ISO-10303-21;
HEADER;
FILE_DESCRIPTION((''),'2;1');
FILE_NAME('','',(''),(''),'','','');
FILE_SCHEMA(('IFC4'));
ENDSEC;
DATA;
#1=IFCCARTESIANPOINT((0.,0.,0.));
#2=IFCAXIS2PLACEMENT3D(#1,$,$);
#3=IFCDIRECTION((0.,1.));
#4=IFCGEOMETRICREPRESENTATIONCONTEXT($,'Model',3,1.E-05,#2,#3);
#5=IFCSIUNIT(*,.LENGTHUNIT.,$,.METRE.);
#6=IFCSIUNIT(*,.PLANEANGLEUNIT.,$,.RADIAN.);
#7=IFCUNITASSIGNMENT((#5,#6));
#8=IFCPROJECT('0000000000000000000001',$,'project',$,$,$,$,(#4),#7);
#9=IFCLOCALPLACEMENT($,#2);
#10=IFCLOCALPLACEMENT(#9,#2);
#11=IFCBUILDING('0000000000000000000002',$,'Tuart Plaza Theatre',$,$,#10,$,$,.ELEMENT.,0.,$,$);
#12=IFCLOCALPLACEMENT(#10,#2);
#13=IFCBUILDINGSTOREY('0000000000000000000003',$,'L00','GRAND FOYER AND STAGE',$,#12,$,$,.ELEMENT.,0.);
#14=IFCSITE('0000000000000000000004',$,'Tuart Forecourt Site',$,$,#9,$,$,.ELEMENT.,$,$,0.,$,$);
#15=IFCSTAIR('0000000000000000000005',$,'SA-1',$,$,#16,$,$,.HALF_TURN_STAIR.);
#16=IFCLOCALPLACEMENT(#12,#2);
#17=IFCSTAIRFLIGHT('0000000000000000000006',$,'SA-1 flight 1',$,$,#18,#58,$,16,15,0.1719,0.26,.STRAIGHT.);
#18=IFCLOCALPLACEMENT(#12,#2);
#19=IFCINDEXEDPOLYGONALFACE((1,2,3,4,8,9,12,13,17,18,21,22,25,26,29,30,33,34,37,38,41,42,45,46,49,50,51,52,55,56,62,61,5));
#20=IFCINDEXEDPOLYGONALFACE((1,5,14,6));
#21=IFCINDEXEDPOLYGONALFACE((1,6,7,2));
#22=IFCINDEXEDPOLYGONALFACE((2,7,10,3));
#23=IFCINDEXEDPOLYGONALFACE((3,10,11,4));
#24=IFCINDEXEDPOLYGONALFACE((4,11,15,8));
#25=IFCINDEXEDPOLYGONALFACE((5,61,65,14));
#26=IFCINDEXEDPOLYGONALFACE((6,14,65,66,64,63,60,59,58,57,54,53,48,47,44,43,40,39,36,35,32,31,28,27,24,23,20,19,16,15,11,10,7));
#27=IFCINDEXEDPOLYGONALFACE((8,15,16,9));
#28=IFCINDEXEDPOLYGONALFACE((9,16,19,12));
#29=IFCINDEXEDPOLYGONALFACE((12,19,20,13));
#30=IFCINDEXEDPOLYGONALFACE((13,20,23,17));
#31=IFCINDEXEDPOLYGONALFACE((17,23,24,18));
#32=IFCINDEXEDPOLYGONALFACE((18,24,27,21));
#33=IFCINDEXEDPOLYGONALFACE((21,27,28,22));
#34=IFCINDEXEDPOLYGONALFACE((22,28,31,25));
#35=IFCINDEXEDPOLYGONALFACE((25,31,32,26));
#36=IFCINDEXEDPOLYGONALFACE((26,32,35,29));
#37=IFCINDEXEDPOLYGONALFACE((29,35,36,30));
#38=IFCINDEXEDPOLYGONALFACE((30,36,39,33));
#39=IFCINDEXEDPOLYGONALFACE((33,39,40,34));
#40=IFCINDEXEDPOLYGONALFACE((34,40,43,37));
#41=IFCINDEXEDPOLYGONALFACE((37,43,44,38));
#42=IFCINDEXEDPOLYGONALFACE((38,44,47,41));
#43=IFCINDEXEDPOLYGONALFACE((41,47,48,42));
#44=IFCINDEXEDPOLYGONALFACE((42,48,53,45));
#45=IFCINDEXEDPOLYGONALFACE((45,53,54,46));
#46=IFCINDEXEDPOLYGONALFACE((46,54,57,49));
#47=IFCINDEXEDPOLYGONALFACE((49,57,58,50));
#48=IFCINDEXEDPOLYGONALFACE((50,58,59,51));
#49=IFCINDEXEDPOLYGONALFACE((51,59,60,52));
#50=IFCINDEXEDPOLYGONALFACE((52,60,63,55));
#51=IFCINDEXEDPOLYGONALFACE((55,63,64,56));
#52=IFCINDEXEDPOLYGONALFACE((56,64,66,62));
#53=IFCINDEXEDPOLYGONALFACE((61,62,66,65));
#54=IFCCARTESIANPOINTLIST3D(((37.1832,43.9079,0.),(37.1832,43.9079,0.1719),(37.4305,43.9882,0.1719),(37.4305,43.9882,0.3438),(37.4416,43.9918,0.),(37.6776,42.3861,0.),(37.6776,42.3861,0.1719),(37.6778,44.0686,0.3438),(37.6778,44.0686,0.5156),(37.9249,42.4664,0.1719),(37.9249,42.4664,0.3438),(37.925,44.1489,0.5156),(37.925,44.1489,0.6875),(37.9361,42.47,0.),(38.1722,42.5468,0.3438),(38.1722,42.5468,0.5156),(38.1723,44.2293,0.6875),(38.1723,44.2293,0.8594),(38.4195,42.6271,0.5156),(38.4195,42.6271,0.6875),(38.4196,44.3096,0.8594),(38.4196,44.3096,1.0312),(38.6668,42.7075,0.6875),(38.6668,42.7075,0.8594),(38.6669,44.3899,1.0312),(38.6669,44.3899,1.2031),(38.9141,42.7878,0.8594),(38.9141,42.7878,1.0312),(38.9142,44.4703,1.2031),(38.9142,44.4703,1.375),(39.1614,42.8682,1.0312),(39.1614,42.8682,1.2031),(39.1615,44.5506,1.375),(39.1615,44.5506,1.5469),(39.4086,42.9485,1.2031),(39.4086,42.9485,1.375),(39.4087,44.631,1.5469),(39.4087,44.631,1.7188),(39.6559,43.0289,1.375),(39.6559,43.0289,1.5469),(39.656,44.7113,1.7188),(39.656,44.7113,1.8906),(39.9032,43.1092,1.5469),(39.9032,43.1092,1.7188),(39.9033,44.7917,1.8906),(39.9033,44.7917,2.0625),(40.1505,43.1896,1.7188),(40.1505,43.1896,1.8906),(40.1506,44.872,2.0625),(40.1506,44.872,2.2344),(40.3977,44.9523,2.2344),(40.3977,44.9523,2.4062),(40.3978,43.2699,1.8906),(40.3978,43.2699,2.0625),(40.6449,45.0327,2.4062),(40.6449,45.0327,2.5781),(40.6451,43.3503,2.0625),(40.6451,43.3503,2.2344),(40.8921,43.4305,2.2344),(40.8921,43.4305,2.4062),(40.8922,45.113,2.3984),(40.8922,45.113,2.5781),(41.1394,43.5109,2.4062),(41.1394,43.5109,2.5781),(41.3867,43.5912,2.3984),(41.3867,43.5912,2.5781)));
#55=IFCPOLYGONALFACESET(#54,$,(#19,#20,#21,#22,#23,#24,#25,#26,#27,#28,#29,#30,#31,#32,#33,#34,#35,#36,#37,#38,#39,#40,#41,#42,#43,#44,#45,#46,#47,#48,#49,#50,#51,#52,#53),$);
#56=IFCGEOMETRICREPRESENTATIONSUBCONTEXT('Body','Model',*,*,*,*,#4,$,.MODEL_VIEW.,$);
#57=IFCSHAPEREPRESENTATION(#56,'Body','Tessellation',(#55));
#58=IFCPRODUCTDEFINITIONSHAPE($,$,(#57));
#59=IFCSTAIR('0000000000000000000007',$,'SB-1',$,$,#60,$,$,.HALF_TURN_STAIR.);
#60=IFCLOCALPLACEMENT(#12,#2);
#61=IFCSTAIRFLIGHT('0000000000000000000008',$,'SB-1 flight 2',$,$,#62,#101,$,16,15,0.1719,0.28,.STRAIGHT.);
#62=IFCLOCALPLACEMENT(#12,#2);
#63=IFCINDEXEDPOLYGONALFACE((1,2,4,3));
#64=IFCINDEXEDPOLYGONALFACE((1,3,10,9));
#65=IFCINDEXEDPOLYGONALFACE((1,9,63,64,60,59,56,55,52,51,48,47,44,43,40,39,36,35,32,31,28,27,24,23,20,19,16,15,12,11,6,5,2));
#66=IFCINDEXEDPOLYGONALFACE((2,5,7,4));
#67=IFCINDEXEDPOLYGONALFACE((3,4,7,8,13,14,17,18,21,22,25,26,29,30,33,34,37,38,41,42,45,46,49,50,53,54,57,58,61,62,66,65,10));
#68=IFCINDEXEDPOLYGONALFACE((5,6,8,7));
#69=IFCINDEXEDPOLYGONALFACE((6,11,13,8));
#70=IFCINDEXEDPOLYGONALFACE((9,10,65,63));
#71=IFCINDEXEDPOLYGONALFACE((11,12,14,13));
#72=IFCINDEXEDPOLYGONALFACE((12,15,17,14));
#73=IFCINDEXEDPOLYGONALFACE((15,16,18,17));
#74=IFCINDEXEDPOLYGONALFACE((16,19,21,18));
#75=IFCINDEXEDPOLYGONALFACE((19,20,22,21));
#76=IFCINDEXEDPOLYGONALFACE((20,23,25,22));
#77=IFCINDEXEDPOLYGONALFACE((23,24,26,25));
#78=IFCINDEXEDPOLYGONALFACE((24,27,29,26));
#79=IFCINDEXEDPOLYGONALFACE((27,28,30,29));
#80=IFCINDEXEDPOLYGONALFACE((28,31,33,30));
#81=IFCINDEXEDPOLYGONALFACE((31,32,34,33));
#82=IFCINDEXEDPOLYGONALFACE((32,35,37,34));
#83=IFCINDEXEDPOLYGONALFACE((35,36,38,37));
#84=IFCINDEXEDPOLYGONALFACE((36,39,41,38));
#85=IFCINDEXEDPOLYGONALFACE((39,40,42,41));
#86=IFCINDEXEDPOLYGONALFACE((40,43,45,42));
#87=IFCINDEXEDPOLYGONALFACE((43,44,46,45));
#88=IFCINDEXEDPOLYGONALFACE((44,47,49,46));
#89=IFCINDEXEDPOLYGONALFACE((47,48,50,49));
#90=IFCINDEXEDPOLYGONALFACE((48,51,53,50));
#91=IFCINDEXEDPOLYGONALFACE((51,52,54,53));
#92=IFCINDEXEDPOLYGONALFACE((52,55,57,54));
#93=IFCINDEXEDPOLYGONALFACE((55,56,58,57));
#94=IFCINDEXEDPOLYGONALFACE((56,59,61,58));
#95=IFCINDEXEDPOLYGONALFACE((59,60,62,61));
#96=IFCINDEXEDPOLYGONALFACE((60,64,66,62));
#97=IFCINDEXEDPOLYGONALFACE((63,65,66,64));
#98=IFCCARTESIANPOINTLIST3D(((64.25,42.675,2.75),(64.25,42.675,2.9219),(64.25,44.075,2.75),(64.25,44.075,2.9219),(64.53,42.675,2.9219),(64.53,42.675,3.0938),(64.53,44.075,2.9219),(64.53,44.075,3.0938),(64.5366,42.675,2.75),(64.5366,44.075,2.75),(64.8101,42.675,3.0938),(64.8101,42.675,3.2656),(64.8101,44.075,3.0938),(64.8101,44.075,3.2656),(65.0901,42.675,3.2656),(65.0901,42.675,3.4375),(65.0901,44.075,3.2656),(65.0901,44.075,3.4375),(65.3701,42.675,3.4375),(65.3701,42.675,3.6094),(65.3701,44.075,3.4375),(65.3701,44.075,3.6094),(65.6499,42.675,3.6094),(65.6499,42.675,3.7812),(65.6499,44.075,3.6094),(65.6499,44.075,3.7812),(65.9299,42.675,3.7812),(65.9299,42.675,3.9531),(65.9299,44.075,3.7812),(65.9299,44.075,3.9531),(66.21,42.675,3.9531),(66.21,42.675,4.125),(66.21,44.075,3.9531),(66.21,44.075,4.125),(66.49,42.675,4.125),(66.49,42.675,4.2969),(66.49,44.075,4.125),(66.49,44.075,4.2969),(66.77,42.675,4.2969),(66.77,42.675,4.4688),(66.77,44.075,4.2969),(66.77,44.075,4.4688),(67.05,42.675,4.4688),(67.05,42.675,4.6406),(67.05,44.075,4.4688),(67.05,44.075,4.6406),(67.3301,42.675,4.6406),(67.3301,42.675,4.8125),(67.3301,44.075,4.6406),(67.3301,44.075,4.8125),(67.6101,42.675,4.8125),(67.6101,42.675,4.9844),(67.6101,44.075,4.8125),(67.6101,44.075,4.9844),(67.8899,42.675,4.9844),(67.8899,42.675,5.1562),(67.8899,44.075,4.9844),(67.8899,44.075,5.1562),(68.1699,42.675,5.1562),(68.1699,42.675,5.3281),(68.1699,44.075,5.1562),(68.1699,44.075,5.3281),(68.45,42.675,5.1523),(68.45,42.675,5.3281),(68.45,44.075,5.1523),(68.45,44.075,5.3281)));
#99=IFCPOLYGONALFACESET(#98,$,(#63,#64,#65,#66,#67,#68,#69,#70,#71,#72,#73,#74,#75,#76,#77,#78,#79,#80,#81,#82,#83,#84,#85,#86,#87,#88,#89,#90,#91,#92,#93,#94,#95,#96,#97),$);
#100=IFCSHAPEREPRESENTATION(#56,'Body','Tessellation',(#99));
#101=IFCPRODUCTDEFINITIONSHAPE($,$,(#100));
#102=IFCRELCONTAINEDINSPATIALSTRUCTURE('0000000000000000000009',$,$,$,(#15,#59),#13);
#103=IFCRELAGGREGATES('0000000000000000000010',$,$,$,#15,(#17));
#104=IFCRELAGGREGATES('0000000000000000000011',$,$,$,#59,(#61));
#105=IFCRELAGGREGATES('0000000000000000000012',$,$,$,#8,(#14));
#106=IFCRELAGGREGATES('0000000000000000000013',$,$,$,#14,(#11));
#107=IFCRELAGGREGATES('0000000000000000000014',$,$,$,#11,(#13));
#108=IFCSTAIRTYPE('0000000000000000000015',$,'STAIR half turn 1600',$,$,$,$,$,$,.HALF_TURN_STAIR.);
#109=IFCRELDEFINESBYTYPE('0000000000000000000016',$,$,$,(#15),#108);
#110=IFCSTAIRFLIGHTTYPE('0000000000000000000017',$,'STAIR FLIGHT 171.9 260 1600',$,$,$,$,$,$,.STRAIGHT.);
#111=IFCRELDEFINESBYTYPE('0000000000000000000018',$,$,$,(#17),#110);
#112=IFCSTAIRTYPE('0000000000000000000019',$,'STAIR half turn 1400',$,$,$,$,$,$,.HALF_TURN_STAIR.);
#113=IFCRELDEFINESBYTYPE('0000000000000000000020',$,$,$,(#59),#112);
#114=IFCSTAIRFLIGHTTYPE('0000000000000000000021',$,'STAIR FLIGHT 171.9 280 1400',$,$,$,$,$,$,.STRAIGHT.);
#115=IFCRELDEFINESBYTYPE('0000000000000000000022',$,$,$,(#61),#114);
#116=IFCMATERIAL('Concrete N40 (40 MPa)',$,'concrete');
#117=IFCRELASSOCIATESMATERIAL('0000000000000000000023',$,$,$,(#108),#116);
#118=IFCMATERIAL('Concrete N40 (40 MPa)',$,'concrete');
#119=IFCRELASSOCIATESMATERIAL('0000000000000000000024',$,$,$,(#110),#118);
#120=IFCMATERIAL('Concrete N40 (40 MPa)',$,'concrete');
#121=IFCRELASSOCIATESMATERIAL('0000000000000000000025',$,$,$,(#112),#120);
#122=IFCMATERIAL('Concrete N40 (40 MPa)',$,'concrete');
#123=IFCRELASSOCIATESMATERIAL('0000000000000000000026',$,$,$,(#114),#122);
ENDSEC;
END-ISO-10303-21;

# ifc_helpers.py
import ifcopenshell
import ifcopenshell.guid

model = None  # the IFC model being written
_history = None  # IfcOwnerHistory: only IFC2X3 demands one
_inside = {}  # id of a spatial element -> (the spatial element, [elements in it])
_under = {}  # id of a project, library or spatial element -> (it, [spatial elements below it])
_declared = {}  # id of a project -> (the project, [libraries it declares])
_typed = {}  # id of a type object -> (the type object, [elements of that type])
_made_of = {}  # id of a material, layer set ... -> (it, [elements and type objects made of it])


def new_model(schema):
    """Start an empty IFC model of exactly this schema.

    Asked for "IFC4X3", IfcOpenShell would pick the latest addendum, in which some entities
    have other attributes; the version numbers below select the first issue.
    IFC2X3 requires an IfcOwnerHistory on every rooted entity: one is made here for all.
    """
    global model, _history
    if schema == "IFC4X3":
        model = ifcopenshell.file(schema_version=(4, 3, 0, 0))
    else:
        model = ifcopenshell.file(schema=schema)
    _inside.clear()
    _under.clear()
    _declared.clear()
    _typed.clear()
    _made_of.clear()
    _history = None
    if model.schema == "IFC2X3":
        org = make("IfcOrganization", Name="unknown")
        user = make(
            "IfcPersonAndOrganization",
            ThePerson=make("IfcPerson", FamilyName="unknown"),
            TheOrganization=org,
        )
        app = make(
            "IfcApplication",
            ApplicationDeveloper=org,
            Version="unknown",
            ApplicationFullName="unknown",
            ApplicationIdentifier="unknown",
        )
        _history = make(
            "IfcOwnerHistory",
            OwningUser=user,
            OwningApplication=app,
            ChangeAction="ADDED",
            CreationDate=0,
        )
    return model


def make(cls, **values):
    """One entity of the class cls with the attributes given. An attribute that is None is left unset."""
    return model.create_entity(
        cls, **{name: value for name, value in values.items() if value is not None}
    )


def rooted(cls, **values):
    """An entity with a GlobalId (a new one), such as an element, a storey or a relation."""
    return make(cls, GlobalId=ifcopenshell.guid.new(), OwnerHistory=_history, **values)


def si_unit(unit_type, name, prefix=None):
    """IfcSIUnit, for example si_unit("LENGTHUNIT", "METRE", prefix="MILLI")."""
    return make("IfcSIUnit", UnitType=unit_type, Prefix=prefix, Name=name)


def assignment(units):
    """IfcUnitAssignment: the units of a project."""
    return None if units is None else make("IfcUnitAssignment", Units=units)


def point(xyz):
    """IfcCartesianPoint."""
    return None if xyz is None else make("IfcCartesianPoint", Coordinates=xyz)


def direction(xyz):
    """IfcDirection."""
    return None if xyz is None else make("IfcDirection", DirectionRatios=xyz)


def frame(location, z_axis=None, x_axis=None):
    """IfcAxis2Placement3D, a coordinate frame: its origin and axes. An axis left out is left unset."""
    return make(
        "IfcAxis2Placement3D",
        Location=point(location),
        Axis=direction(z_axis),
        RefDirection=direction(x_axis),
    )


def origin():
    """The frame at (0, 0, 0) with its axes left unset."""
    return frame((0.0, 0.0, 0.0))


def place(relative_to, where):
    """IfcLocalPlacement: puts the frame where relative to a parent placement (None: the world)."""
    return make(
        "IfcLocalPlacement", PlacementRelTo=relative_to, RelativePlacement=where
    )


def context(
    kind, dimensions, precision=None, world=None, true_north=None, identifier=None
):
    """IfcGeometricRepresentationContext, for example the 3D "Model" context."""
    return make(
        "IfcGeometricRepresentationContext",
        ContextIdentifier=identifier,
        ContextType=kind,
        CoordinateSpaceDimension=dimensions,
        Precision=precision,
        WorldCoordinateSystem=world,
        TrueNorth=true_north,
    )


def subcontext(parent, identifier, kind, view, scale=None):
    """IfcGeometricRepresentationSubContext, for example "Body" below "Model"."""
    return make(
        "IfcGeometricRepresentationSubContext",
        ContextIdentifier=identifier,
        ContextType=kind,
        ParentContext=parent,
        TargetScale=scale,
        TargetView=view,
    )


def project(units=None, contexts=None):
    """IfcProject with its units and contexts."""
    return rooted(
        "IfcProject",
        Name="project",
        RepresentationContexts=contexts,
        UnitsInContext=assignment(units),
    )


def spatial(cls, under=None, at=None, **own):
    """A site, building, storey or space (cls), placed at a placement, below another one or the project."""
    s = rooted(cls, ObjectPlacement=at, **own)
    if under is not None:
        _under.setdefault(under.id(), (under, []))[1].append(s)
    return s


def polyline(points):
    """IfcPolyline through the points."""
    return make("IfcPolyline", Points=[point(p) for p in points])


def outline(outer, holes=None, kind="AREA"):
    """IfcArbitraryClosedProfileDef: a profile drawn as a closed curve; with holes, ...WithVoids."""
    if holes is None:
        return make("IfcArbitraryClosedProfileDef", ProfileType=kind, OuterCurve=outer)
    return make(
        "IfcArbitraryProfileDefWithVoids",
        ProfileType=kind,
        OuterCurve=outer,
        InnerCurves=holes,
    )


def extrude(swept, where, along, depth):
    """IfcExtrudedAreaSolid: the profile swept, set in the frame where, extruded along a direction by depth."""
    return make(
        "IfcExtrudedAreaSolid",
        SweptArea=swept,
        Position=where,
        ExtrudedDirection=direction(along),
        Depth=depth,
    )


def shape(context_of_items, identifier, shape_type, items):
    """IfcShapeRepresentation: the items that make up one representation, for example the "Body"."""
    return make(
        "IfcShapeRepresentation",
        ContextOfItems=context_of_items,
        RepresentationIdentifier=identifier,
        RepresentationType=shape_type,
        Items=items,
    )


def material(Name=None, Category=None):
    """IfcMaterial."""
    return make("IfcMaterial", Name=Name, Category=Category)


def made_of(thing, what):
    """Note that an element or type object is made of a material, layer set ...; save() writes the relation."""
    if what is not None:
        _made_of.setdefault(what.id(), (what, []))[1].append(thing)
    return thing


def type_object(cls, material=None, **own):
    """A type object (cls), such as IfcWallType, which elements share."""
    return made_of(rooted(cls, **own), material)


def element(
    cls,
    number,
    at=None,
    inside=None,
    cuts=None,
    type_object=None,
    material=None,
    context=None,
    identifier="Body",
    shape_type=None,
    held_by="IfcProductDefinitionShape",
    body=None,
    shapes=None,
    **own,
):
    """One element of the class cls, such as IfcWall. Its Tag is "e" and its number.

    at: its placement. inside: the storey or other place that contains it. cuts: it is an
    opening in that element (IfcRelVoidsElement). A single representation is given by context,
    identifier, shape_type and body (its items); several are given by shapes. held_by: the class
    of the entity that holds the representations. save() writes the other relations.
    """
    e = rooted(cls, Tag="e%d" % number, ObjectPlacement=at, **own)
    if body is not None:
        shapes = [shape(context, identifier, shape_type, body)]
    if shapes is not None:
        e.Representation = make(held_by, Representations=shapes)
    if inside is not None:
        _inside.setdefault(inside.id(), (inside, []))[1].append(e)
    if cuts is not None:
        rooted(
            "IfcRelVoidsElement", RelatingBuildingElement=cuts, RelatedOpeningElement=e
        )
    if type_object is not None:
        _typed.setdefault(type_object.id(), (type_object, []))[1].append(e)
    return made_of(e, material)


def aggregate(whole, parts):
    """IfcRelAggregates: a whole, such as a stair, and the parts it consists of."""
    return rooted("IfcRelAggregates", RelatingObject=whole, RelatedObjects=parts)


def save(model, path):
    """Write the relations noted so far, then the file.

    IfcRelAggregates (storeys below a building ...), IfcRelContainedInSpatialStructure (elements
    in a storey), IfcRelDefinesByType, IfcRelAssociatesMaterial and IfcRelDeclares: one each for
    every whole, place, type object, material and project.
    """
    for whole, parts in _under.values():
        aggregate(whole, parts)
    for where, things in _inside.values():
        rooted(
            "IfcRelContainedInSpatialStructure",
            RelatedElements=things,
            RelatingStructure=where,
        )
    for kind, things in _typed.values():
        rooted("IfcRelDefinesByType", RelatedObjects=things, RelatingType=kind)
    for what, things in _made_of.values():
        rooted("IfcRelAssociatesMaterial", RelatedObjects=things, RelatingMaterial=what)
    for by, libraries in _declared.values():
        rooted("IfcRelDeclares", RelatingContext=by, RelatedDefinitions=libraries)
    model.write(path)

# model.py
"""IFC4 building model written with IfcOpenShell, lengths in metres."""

from ifc_helpers import new_model, si_unit, direction, frame, origin, place, context, subcontext, project, spatial, polyline, outline, extrude, material, type_object, element, aggregate, save


model = new_model("IFC4")

# Units and contexts
model_context = context("Model", 3, precision=1e-05, world=origin(), true_north=direction((0.0, 1.0)))
body_context = subcontext(model_context, "Body", "Model", "MODEL_VIEW")
ifc_project = project(units=[si_unit("LENGTHUNIT", "METRE"), si_unit("PLANEANGLEUNIT", "RADIAN")], contexts=[model_context])

# Site, building, storey
site_placement = place(None, origin())
site = spatial("IfcSite", under=ifc_project, at=site_placement, Name="Tuart Forecourt Site", CompositionType="ELEMENT", RefElevation=0.0)
building_placement = place(site_placement, origin())
building = spatial("IfcBuilding", under=site, at=building_placement, Name="Tuart Plaza Theatre", CompositionType="ELEMENT", ElevationOfRefHeight=0.0)
storey_placement = place(building_placement, origin())
storey = spatial("IfcBuildingStorey", under=building, at=storey_placement, Name="L00", Description="GRAND FOYER AND STAGE", CompositionType="ELEMENT", Elevation=0.0)

# Stairs, stair flights
ifc_material_1 = material(Name="Concrete N40 (40 MPa)", Category="concrete")
stair_type_1 = type_object("IfcStairType", Name="STAIR half turn 1600", PredefinedType="HALF_TURN_STAIR", material=ifc_material_1)
stair_1_placement = place(storey_placement, origin())
stair_1 = element("IfcStair", 1, at=stair_1_placement, inside=storey, type_object=stair_type_1, Name="SA-1", PredefinedType="HALF_TURN_STAIR")
ifc_material_2 = material(Name="Concrete N40 (40 MPa)", Category="concrete")
stair_flight_type_1 = type_object("IfcStairFlightType", Name="STAIR FLIGHT 171.9 260 1600", PredefinedType="STRAIGHT", material=ifc_material_2)
stair_flight_1_placement = place(storey_placement, frame((37.4304, 43.147, 0.0), z_axis=(0.0, 0.0, 1.0), x_axis=(0.951057, 0.309017, 0.0)))
stair_flight_1 = element("IfcStairFlight", 2, at=stair_flight_1_placement, type_object=stair_flight_type_1, Name="SA-1 flight 1", NumberOfRisers=16, NumberOfTreads=15, PredefinedType="STRAIGHT", RiserHeight=0.1719, TreadLength=0.26, context=body_context, shape_type="SweptSolid", body=[
    extrude(outline(polyline([(0.0, 0.0), (0.0, 0.1719), (0.26, 0.1719), (0.26, 0.3438), (0.52, 0.3438), (0.52, 0.5156), (0.78, 0.5156), (0.78, 0.6875), (1.04, 0.6875), (1.04, 0.8594), (1.3, 0.8594), (1.3, 1.0312), (1.5601, 1.0312), (1.5601, 1.2031), (1.8201, 1.2031), (1.8201, 1.375), (2.0801, 1.375), (2.0801, 1.5469), (2.3401, 1.5469), (2.3401, 1.7188), (2.6001, 1.7188), (2.6001, 1.8906), (2.8601, 1.8906), (2.8601, 2.0625), (3.1201, 2.0625), (3.1201, 2.2344), (3.3799, 2.2344), (3.3799, 2.4062), (3.6399, 2.4062), (3.6399, 2.5781), (3.8999, 2.5781), (3.8999, 2.75), (3.8999, 2.3984), (0.2717, 0.0), (0.0, 0.0)])), frame((0.0, 0.8, 0.0), z_axis=(0.0, -1.0, 0.0), x_axis=(1.0, 0.0, 0.0)), (0.0, 0.0, 1.0), 1.6001),
])
aggregate(stair_1, [stair_flight_1])
ifc_material_3 = material(Name="Concrete N40 (40 MPa)", Category="concrete")
stair_type_2 = type_object("IfcStairType", Name="STAIR half turn 1400", PredefinedType="HALF_TURN_STAIR", material=ifc_material_3)
stair_2_placement = place(storey_placement, origin())
stair_2 = element("IfcStair", 3, at=stair_2_placement, inside=storey, type_object=stair_type_2, Name="SB-1", PredefinedType="HALF_TURN_STAIR")
ifc_material_4 = material(Name="Concrete N40 (40 MPa)", Category="concrete")
stair_flight_type_2 = type_object("IfcStairFlightType", Name="STAIR FLIGHT 171.9 280 1400", PredefinedType="STRAIGHT", material=ifc_material_4)
stair_flight_2_placement = place(storey_placement, frame((64.25, 43.375, 2.75), z_axis=(0.0, 0.0, 1.0), x_axis=(1.0, 0.0, 0.0)))
stair_flight_2 = element("IfcStairFlight", 4, at=stair_flight_2_placement, type_object=stair_flight_type_2, Name="SB-1 flight 2", NumberOfRisers=16, NumberOfTreads=15, PredefinedType="STRAIGHT", RiserHeight=0.1719, TreadLength=0.28, context=body_context, shape_type="SweptSolid", body=[
    extrude(outline(polyline([(0.0, 0.0), (0.0, 0.1719), (0.28, 0.1719), (0.28, 0.3438), (0.5601, 0.3438), (0.5601, 0.5156), (0.8401, 0.5156), (0.8401, 0.6875), (1.1201, 0.6875), (1.1201, 0.8594), (1.3999, 0.8594), (1.3999, 1.0312), (1.6799, 1.0312), (1.6799, 1.2031), (1.96, 1.2031), (1.96, 1.375), (2.24, 1.375), (2.24, 1.5469), (2.52, 1.5469), (2.52, 1.7188), (2.8, 1.7188), (2.8, 1.8906), (3.0801, 1.8906), (3.0801, 2.0625), (3.3601, 2.0625), (3.3601, 2.2344), (3.6399, 2.2344), (3.6399, 2.4062), (3.9199, 2.4062), (3.9199, 2.5781), (4.2, 2.5781), (4.2, 2.75), (4.2, 2.4023), (0.2866, 0.0), (0.0, 0.0)])), frame((0.0, 0.7, 0.0), z_axis=(0.0, -1.0, 0.0), x_axis=(1.0, 0.0, 0.0)), (0.0, 0.0, 1.0), 1.3999),
])
aggregate(stair_2, [stair_flight_2])

save(model, "model.ifc")
